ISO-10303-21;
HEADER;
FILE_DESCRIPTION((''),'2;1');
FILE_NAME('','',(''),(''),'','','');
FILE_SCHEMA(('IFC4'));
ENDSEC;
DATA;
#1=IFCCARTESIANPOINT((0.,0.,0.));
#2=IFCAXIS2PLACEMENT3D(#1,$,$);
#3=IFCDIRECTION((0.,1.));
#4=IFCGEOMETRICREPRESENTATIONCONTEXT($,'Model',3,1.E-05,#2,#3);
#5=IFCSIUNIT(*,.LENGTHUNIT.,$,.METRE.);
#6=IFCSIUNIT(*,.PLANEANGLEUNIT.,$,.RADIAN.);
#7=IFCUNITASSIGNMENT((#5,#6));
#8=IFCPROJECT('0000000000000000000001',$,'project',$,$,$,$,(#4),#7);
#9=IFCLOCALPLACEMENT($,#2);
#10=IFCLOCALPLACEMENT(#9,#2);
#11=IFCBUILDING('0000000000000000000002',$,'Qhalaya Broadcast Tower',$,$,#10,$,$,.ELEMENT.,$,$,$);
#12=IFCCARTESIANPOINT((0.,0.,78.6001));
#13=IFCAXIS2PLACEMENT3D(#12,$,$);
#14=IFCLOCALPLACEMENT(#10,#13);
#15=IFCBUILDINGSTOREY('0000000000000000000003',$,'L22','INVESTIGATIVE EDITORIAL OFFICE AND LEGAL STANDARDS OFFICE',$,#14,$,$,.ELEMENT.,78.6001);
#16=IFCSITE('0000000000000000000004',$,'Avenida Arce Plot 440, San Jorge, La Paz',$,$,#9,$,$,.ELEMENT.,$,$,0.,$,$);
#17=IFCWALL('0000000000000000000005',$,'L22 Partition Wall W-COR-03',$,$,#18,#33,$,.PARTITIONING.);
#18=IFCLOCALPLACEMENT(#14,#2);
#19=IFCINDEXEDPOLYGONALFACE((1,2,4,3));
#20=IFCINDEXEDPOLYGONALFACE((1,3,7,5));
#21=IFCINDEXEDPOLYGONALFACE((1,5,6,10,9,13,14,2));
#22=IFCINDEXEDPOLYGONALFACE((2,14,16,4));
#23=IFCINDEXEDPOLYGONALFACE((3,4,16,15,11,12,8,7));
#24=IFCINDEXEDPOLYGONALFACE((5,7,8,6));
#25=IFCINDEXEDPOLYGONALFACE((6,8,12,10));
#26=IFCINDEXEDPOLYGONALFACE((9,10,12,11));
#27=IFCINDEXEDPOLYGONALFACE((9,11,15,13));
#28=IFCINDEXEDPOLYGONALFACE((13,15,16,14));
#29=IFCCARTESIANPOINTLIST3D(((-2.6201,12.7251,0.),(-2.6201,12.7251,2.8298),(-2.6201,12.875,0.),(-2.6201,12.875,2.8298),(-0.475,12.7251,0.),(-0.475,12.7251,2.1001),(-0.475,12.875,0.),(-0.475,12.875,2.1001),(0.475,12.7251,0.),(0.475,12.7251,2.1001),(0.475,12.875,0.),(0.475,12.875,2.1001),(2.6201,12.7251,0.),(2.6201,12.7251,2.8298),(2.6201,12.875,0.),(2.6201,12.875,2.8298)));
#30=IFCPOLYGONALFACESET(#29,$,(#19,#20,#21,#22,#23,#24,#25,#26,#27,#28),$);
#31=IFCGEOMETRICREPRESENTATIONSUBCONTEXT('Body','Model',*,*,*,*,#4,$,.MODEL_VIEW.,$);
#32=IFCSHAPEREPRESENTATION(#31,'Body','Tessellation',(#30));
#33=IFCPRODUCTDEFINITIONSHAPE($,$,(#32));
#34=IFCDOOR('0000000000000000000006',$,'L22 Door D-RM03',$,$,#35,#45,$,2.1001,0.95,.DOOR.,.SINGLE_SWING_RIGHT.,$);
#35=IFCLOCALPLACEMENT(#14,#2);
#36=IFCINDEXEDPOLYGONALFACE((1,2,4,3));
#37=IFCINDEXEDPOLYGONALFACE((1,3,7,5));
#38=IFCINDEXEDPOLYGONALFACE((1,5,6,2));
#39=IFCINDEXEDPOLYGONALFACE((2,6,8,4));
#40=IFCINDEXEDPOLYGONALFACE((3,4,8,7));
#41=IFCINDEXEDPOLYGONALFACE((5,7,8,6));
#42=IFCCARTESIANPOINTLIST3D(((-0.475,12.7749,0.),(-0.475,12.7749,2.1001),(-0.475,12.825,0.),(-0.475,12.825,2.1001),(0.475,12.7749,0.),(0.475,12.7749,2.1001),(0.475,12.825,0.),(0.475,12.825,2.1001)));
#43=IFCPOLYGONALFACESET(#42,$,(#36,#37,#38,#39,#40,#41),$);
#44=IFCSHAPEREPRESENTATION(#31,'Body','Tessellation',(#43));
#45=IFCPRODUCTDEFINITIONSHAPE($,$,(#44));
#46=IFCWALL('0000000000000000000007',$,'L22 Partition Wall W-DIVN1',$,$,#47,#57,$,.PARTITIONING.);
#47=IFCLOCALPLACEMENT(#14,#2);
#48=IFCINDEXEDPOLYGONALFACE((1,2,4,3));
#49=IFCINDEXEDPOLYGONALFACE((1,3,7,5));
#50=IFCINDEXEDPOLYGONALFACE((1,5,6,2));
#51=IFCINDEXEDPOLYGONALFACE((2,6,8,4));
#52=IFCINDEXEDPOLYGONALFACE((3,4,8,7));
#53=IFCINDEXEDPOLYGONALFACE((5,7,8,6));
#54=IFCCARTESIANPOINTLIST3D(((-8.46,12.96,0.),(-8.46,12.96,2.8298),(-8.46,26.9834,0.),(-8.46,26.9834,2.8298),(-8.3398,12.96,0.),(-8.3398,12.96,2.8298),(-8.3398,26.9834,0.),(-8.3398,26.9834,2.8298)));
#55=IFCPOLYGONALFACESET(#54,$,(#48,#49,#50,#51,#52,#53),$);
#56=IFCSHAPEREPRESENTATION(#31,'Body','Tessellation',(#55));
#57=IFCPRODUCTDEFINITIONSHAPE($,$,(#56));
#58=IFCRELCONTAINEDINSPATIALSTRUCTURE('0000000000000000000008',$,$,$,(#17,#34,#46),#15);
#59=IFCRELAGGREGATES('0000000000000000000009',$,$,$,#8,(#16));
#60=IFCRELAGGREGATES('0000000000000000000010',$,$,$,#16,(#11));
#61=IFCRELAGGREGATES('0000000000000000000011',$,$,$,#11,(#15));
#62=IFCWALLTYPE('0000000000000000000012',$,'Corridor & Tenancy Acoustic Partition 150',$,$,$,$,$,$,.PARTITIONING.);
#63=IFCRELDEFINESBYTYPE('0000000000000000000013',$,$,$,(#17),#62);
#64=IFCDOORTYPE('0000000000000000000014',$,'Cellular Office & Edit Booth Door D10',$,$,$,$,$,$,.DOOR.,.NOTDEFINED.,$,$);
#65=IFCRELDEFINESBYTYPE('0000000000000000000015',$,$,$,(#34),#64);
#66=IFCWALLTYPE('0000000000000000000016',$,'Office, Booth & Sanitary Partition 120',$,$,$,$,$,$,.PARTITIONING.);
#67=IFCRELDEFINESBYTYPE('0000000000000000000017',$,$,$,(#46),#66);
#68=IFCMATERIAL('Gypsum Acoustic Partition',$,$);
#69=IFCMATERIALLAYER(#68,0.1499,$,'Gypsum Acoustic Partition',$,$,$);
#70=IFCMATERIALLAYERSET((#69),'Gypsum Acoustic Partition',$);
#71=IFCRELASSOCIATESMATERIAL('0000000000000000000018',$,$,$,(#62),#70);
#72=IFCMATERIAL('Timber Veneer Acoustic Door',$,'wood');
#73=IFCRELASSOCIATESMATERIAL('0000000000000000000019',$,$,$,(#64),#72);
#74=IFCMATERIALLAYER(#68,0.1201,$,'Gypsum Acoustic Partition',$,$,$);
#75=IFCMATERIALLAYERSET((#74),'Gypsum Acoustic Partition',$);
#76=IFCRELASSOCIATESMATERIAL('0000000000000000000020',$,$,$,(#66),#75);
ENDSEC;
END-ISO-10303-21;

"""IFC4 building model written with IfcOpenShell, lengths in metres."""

from ifc_helpers import new_model, si_unit, direction, frame, frame_2d, origin, place, context, subcontext, project, spatial, rectangle, extrude, material, layer, layer_set, type_object, element, fill, save


model = new_model("IFC4")

# Units and contexts
model_context = context("Model", 3, precision=1e-05, world=origin(), true_north=direction((0.0, 1.0)))
body_context = subcontext(model_context, "Body", "Model", "MODEL_VIEW")
ifc_project = project(units=[si_unit("LENGTHUNIT", "METRE"), si_unit("PLANEANGLEUNIT", "RADIAN")], contexts=[model_context])

# Site, building, storey
site_placement = place(None, origin())
site = spatial("IfcSite", under=ifc_project, at=site_placement, Name="Avenida Arce Plot 440, San Jorge, La Paz", CompositionType="ELEMENT", RefElevation=0.0)
building_placement = place(site_placement, origin())
building = spatial("IfcBuilding", under=site, at=building_placement, Name="Qhalaya Broadcast Tower", CompositionType="ELEMENT")
storey_placement = place(building_placement, frame((0.0, 0.0, 78.6001)))
storey = spatial("IfcBuildingStorey", under=building, at=storey_placement, Name="L22", Description="INVESTIGATIVE EDITORIAL OFFICE AND LEGAL STANDARDS OFFICE", CompositionType="ELEMENT", Elevation=78.6001)

# Wall, opening, door
ifc_material_1 = material(Name="Gypsum Acoustic Partition")
ifc_layer_1 = layer(ifc_material_1, 0.1499, Name="Gypsum Acoustic Partition")
ifc_layer_set_1 = layer_set([ifc_layer_1], Name="Gypsum Acoustic Partition")
wall_type_1 = type_object("IfcWallType", Name="Corridor & Tenancy Acoustic Partition 150", PredefinedType="PARTITIONING", material=ifc_layer_set_1)
ifc_material_2 = material(Name="Timber Veneer Acoustic Door", Category="wood")
door_type = type_object("IfcDoorType", Name="Cellular Office & Edit Booth Door D10", OperationType="NOTDEFINED", PredefinedType="DOOR", material=ifc_material_2)
wall_1_placement = place(storey_placement, frame((-2.6201, 12.8, 0.0), z_axis=(0.0, 0.0, 1.0), x_axis=(1.0, 0.0, 0.0)))
wall_1 = element("IfcWall", 1, at=wall_1_placement, inside=storey, type_object=wall_type_1, Name="L22 Partition Wall W-COR-03", PredefinedType="PARTITIONING", context=body_context, shape_type="SweptSolid", body=[
    extrude(rectangle(XDim=5.2402, YDim=0.1499, at=frame_2d((2.6201, 0.0))), origin(), (0.0, 0.0, 1.0), 2.8298),
])
opening_1_placement = place(wall_1_placement, frame((2.145, 0.0, 0.0)))
opening_1 = element("IfcOpeningElement", 2, at=opening_1_placement, cuts=wall_1, PredefinedType="OPENING", context=body_context, shape_type="SweptSolid", body=[
    extrude(rectangle(XDim=0.95, YDim=2.1001, at=frame_2d((0.4751, 1.05))), frame((0.0, 0.0869, 0.0), z_axis=(0.0, -1.0, 0.0), x_axis=(1.0, 0.0, 0.0)), (0.0, 0.0, 1.0), 0.1738),
])
door_1_placement = place(opening_1_placement, origin())
door_1 = element("IfcDoor", 3, at=door_1_placement, inside=storey, type_object=door_type, Name="L22 Door D-RM03", OperationType="SINGLE_SWING_RIGHT", OverallHeight=2.1001, OverallWidth=0.95, PredefinedType="DOOR", context=body_context, shape_type="SweptSolid", body=[
    extrude(rectangle(XDim=0.95, YDim=2.1001, at=frame_2d((0.4751, 1.05))), frame((0.0, 0.0249, 0.0), z_axis=(0.0, -1.0, 0.0), x_axis=(1.0, 0.0, 0.0)), (0.0, 0.0, 1.0), 0.05),
])
fill(opening_1, door_1)

# Wall
ifc_layer_2 = layer(ifc_material_1, 0.1201, Name="Gypsum Acoustic Partition")
ifc_layer_set_2 = layer_set([ifc_layer_2], Name="Gypsum Acoustic Partition")
wall_type_2 = type_object("IfcWallType", Name="Office, Booth & Sanitary Partition 120", PredefinedType="PARTITIONING", material=ifc_layer_set_2)
wall_2_placement = place(storey_placement, frame((-8.3999, 12.96, 0.0), z_axis=(0.0, 0.0, 1.0), x_axis=(0.0, 1.0, 0.0)))
element("IfcWall", 4, at=wall_2_placement, inside=storey, type_object=wall_type_2, Name="L22 Partition Wall W-DIVN1", PredefinedType="PARTITIONING", context=body_context, shape_type="SweptSolid", body=[
    extrude(rectangle(XDim=14.0234, YDim=0.1201, at=frame_2d((7.0117, 0.0))), origin(), (0.0, 0.0, 1.0), 2.8298),
])

save(model, "model.ifc")
